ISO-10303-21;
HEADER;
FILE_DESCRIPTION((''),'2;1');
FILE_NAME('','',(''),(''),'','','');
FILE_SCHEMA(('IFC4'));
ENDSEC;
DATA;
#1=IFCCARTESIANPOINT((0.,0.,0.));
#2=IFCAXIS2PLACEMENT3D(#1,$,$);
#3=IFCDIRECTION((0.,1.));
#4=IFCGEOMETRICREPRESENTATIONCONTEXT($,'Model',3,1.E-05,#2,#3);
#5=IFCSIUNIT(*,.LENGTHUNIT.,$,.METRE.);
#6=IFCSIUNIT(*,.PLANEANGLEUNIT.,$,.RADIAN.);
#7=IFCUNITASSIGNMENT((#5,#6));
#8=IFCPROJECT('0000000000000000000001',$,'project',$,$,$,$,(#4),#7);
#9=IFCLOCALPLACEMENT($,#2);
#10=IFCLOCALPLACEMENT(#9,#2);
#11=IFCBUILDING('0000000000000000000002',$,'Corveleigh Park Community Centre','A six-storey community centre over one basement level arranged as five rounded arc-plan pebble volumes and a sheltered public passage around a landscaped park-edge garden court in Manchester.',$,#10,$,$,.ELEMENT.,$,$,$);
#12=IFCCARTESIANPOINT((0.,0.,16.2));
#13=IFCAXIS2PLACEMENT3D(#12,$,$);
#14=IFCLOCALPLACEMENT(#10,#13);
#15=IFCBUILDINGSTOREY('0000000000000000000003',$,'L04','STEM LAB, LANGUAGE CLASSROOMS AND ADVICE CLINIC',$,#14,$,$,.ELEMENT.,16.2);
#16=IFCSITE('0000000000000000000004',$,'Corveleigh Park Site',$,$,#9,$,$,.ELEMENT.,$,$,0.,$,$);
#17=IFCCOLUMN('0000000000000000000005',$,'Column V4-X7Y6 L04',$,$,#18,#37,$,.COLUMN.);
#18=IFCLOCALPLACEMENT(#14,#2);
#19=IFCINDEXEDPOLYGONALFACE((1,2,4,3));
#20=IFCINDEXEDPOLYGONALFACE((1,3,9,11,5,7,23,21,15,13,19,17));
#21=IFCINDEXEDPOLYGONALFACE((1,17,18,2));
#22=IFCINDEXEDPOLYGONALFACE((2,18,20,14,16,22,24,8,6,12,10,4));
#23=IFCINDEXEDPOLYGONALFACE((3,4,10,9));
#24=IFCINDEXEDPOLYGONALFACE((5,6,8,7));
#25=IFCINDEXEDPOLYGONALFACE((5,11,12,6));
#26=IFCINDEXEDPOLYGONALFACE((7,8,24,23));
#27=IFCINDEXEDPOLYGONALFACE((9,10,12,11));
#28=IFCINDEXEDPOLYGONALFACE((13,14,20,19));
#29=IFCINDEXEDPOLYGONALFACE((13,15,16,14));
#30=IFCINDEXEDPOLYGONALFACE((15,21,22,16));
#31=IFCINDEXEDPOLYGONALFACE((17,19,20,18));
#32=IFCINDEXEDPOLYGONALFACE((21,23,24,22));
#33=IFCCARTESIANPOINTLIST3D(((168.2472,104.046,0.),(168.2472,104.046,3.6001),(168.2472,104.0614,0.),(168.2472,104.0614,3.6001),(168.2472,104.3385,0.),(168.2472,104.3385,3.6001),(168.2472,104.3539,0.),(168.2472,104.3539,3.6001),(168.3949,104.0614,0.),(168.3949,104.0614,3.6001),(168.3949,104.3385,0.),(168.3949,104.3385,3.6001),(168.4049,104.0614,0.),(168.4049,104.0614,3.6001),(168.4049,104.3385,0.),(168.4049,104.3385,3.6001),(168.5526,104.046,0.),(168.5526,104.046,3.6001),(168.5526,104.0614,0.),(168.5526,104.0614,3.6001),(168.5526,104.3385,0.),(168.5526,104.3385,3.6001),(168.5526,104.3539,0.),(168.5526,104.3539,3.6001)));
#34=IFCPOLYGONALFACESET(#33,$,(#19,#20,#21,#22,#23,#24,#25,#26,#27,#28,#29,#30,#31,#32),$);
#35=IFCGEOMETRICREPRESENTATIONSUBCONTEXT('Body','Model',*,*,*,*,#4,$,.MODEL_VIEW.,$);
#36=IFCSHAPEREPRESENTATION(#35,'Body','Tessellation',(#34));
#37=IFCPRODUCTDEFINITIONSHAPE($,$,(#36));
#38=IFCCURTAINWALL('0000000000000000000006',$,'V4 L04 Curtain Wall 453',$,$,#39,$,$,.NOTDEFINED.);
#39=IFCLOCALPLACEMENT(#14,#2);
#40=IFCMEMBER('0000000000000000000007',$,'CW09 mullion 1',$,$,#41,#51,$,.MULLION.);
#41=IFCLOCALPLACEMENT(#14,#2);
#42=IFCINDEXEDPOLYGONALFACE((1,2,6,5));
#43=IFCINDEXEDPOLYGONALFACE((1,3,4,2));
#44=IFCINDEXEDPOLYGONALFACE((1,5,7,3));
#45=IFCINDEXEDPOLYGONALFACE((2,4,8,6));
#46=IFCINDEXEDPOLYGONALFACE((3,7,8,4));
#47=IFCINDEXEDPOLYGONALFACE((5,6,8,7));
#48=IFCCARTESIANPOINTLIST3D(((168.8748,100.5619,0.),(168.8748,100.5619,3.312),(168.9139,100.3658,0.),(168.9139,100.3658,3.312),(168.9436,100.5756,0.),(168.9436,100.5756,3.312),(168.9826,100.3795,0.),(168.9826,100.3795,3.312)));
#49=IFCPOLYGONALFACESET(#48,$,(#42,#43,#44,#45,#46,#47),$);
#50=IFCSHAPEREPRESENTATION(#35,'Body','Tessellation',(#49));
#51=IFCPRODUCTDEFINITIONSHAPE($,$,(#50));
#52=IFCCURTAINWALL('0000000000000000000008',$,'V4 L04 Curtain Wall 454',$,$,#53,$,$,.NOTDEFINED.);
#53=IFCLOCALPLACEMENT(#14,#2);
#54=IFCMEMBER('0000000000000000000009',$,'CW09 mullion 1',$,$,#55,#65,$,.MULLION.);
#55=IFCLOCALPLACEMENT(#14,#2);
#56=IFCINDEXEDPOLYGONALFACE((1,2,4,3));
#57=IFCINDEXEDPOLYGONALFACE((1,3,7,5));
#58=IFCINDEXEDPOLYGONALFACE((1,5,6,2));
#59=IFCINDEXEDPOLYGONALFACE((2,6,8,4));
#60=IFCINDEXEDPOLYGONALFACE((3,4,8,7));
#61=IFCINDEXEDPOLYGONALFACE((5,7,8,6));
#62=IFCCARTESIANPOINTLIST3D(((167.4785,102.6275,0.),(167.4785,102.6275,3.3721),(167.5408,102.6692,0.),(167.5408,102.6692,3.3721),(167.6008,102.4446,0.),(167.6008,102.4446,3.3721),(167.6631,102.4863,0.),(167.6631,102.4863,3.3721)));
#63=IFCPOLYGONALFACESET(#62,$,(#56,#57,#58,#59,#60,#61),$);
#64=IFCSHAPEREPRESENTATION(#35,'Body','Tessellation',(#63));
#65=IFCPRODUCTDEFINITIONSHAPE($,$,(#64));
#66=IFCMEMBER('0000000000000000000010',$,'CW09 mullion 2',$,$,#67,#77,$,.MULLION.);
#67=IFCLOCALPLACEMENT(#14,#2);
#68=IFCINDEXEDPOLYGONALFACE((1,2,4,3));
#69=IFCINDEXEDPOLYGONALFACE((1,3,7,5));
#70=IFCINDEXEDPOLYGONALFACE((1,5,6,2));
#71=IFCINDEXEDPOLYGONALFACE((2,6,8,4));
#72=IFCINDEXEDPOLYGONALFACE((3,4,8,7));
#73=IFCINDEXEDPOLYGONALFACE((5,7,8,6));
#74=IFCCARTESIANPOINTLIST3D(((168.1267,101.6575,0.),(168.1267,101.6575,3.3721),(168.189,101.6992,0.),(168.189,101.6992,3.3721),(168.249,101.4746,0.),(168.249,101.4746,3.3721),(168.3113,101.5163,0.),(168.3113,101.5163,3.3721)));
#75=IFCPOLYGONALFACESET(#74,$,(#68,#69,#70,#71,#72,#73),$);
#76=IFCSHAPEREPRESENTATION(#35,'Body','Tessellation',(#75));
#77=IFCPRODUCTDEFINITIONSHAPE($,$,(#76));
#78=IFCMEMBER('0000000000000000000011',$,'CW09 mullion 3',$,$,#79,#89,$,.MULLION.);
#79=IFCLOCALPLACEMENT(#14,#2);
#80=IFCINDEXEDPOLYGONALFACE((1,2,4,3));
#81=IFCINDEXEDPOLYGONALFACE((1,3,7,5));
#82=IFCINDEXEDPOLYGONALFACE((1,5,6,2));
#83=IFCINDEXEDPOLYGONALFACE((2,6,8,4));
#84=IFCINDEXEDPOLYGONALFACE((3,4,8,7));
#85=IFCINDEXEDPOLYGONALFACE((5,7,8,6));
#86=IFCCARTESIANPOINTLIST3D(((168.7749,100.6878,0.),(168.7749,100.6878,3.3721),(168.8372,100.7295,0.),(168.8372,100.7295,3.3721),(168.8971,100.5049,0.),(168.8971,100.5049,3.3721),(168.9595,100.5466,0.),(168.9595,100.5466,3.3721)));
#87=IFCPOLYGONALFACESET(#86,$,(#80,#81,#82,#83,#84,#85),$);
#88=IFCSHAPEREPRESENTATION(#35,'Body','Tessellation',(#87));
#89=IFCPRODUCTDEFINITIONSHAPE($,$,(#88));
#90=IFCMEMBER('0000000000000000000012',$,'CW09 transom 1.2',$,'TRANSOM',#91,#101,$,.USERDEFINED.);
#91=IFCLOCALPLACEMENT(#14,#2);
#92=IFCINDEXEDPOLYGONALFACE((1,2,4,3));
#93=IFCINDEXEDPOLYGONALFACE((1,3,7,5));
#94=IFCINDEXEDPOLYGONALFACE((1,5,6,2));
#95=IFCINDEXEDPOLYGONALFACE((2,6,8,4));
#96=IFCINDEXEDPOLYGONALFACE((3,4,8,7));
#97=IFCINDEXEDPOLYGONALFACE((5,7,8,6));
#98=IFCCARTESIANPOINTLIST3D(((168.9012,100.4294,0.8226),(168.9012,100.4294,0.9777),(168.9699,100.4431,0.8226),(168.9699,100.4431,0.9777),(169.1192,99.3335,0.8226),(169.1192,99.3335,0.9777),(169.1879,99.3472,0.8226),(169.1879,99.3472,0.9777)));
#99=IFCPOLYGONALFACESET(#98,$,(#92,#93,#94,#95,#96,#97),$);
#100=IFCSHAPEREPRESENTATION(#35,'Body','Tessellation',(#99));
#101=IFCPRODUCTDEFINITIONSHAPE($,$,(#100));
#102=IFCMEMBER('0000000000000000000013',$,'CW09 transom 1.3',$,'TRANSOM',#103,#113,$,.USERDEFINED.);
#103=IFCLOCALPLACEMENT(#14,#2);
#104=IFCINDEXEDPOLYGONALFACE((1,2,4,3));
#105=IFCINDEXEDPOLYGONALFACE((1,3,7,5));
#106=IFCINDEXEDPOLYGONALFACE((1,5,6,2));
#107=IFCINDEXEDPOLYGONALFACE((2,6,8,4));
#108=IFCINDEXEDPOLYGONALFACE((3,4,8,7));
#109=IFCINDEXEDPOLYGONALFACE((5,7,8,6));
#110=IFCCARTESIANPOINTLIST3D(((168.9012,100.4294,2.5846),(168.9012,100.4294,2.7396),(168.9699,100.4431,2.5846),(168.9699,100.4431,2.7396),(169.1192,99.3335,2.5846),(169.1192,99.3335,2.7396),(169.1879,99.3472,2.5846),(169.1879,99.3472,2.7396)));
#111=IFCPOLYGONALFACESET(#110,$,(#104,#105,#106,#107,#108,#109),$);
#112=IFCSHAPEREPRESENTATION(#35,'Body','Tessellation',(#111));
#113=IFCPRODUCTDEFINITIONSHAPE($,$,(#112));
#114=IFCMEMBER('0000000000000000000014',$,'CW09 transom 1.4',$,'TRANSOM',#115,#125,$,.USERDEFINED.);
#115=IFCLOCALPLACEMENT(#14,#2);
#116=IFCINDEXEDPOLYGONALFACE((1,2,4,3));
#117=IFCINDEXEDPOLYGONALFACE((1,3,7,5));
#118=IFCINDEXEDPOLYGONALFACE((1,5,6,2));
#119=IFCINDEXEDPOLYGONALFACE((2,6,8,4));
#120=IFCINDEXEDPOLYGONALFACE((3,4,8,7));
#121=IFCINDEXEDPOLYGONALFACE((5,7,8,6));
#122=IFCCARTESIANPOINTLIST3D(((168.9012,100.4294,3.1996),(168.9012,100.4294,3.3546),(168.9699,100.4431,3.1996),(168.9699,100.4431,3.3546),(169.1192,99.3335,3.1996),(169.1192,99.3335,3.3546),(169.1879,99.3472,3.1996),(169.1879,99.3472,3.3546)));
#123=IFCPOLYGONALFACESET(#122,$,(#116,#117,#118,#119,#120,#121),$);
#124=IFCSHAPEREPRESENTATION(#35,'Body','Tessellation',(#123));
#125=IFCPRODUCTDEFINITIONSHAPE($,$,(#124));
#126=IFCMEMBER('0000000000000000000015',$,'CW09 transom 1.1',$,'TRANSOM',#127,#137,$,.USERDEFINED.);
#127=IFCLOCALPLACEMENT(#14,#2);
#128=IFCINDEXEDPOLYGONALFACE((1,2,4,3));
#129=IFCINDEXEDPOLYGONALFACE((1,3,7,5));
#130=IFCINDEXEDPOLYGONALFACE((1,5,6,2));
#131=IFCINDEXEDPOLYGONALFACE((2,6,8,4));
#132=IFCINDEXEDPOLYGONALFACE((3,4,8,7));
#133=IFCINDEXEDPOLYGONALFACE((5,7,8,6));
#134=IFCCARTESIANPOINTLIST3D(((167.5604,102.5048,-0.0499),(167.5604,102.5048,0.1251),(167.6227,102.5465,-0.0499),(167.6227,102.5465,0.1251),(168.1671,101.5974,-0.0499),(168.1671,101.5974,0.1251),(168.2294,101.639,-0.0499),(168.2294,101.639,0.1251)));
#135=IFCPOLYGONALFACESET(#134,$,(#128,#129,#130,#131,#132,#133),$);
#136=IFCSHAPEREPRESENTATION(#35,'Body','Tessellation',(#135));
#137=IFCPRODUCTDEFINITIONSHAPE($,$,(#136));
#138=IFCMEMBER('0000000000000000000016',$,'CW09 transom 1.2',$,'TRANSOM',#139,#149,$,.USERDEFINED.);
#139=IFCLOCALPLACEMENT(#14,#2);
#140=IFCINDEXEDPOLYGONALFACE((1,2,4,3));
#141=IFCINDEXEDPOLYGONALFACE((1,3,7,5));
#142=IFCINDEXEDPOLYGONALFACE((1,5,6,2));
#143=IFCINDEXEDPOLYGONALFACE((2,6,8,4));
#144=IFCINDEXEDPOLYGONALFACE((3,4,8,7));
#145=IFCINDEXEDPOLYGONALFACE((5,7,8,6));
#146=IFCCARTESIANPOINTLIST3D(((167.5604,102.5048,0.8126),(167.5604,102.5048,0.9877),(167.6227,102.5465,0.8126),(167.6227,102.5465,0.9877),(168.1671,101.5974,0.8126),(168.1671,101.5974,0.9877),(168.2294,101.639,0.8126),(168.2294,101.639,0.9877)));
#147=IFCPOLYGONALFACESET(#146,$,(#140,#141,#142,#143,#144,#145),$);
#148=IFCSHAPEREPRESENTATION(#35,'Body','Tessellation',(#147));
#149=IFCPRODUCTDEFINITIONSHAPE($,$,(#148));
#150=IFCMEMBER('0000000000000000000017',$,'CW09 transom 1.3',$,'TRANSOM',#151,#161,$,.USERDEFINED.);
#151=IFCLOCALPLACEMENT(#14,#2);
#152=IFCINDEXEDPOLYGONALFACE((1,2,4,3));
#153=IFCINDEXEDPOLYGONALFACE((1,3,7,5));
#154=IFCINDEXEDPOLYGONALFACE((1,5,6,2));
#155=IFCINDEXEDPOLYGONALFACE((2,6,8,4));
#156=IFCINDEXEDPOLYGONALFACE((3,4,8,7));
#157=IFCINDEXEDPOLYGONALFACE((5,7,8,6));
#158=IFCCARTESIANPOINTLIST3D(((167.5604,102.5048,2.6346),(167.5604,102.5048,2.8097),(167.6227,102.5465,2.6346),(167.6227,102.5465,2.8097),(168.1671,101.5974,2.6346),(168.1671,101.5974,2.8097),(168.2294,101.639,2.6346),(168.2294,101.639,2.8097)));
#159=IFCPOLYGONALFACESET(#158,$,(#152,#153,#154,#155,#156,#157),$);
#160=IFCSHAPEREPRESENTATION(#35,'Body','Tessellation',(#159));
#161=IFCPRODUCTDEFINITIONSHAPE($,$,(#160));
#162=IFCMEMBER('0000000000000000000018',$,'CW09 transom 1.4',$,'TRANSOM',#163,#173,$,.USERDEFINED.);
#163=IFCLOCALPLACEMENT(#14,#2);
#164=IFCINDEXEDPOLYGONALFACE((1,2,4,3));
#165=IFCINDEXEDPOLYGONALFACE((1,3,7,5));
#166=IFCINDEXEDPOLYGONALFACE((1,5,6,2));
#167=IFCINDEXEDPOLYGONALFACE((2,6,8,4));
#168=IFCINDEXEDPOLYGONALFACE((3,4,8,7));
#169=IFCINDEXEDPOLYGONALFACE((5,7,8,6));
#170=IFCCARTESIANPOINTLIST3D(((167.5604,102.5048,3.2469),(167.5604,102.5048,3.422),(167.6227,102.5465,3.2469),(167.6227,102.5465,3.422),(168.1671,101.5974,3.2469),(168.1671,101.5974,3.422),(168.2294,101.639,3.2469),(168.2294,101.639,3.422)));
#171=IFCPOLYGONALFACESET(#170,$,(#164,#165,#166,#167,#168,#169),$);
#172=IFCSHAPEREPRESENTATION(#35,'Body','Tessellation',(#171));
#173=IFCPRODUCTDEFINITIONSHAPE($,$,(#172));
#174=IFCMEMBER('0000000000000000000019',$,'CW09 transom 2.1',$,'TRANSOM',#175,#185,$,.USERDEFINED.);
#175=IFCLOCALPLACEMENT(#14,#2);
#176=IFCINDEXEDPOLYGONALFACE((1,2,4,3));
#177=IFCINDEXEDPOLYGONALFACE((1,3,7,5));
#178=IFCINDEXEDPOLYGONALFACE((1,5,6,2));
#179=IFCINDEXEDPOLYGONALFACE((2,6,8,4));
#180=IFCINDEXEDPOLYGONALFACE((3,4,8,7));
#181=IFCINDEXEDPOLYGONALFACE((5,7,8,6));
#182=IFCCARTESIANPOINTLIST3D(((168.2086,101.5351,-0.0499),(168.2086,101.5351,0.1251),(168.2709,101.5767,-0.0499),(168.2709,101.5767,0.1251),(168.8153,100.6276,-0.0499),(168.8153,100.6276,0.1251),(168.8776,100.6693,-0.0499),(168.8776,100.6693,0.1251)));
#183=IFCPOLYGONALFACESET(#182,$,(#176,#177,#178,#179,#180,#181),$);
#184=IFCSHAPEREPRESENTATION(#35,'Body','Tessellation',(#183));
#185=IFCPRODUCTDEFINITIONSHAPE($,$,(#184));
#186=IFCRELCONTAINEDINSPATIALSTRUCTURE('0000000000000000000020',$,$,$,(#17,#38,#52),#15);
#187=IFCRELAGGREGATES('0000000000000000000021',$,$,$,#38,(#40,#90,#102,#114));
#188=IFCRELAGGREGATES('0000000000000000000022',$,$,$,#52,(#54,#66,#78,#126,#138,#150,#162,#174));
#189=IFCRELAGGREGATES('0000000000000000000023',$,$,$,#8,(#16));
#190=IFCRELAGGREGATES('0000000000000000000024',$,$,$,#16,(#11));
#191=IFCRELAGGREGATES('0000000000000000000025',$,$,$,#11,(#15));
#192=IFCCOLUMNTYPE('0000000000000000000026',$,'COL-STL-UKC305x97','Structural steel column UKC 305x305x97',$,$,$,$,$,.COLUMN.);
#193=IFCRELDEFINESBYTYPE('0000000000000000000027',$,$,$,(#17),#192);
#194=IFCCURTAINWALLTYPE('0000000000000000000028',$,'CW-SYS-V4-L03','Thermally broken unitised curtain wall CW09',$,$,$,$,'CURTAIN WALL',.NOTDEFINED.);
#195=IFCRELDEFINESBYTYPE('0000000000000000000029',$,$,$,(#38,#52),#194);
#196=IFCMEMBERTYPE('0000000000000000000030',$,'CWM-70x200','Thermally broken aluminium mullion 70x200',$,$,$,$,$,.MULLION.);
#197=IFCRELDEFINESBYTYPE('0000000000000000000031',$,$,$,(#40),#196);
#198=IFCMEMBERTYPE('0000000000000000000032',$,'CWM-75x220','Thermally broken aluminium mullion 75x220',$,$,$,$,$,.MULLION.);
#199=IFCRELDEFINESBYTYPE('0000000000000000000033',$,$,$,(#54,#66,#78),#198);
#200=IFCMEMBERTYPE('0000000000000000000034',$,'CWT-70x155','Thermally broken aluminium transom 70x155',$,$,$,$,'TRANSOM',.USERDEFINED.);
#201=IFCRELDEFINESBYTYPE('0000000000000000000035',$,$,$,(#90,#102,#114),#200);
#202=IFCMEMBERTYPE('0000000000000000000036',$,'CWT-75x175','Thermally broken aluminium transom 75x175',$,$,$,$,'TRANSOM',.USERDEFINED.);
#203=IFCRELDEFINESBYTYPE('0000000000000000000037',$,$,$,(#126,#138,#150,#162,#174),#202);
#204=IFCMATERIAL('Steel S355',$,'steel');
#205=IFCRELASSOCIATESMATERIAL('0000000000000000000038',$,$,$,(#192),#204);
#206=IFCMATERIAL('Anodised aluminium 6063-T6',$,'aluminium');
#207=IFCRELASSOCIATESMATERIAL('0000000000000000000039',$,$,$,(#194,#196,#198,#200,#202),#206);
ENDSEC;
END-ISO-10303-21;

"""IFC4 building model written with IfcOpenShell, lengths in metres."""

from ifc_helpers import new_model, si_unit, direction, frame, origin, origin_2d, place, context, subcontext, project, spatial, rectangle, i_section, extrude, material, material_profile, profile_set, type_object, element, aggregate, save


model = new_model("IFC4")

# Units and contexts
model_context = context("Model", 3, precision=1e-05, world=origin(), true_north=direction((0.0, 1.0)))
body_context = subcontext(model_context, "Body", "Model", "MODEL_VIEW")
ifc_project = project(units=[si_unit("LENGTHUNIT", "METRE"), si_unit("PLANEANGLEUNIT", "RADIAN")], contexts=[model_context])

# Site, building, storey
site_placement = place(None, origin())
site = spatial("IfcSite", under=ifc_project, at=site_placement, Name="Corveleigh Park Site", CompositionType="ELEMENT", RefElevation=0.0)
building_placement = place(site_placement, origin())
building = spatial("IfcBuilding", under=site, at=building_placement, Name="Corveleigh Park Community Centre", Description="A six-storey community centre over one basement level arranged as five rounded arc-plan pebble volumes and a sheltered public passage around a landscaped park-edge garden court in Manchester.", CompositionType="ELEMENT")
storey_placement = place(building_placement, frame((0.0, 0.0, 16.2)))
storey = spatial("IfcBuildingStorey", under=building, at=storey_placement, Name="L04", Description="STEM LAB, LANGUAGE CLASSROOMS AND ADVICE CLINIC", CompositionType="ELEMENT", Elevation=16.2)

# Column
ifc_material_1 = material(Name="Steel S355", Category="steel")
ifc_material_profile_1 = material_profile(ifc_material_1, i_section(OverallWidth=0.3054, OverallDepth=0.3079, WebThickness=0.01, FlangeThickness=0.0154, at=origin_2d()), Name="UKC 305x305x97", Category="steel")
ifc_profile_set_1 = profile_set([ifc_material_profile_1], Name="Steel S355")
column_type = type_object("IfcColumnType", Name="COL-STL-UKC305x97", Description="Structural steel column UKC 305x305x97", PredefinedType="COLUMN", material=ifc_profile_set_1)
column_placement = place(storey_placement, frame((168.3999, 104.2, 0.0), z_axis=(0.0, 0.0, 1.0), x_axis=(1.0, 0.0, 0.0)))
element("IfcColumn", 1, at=column_placement, inside=storey, type_object=column_type, Name="Column V4-X7Y6 L04", PredefinedType="COLUMN", context=body_context, shape_type="SweptSolid", body=[
    extrude(i_section(OverallWidth=0.3054, OverallDepth=0.3079, WebThickness=0.01, FlangeThickness=0.0154, at=origin_2d()), origin(), (0.0, 0.0, 1.0), 3.6001),
])

# Curtain wall, member
ifc_material_2 = material(Name="Anodised aluminium 6063-T6", Category="aluminium")
curtain_wall_type = type_object("IfcCurtainWallType", Name="CW-SYS-V4-L03", Description="Thermally broken unitised curtain wall CW09", ElementType="CURTAIN WALL", PredefinedType="NOTDEFINED", material=ifc_material_2)
curtain_wall_1_placement = place(storey_placement, origin())
curtain_wall_1 = element("IfcCurtainWall", 2, at=curtain_wall_1_placement, inside=storey, type_object=curtain_wall_type, Name="V4 L04 Curtain Wall 453", PredefinedType="NOTDEFINED")
ifc_material_profile_2 = material_profile(ifc_material_2, rectangle(XDim=0.0701, YDim=0.2, at=origin_2d()), Name="ALU-M70x200", Category="aluminium")
ifc_profile_set_2 = profile_set([ifc_material_profile_2], Name="Anodised aluminium 6063-T6")
member_type_1 = type_object("IfcMemberType", Name="CWM-70x200", Description="Thermally broken aluminium mullion 70x200", PredefinedType="MULLION", material=ifc_profile_set_2)
member_1_placement = place(storey_placement, frame((168.9287, 100.4707, 0.0), z_axis=(0.0, 0.0, 1.0), x_axis=(0.980785, 0.195094, 0.0)))
member_1 = element("IfcMember", 3, at=member_1_placement, type_object=member_type_1, Name="CW09 mullion 1", PredefinedType="MULLION", context=body_context, shape_type="SweptSolid", body=[
    extrude(rectangle(XDim=0.0701, YDim=0.2, at=origin_2d()), origin(), (0.0, 0.0, 1.0), 3.312),
])

# Curtain wall, members
curtain_wall_2_placement = place(storey_placement, origin())
curtain_wall_2 = element("IfcCurtainWall", 4, at=curtain_wall_2_placement, inside=storey, type_object=curtain_wall_type, Name="V4 L04 Curtain Wall 454", PredefinedType="NOTDEFINED")
ifc_material_profile_3 = material_profile(ifc_material_2, rectangle(XDim=0.075, YDim=0.22, at=origin_2d()), Name="ALU-M75x220", Category="aluminium")
ifc_profile_set_3 = profile_set([ifc_material_profile_3], Name="Anodised aluminium 6063-T6")
member_type_2 = type_object("IfcMemberType", Name="CWM-75x220", Description="Thermally broken aluminium mullion 75x220", PredefinedType="MULLION", material=ifc_profile_set_3)
member_2_placement = place(storey_placement, frame((167.5708, 102.5569, 0.0), z_axis=(0.0, 0.0, 1.0), x_axis=(0.831411, 0.555658, 0.0)))
member_2 = element("IfcMember", 5, at=member_2_placement, type_object=member_type_2, Name="CW09 mullion 1", PredefinedType="MULLION", context=body_context, shape_type="SweptSolid", body=[
    extrude(rectangle(XDim=0.075, YDim=0.22, at=origin_2d()), origin(), (0.0, 0.0, 1.0), 3.3721),
])
member_3_placement = place(storey_placement, frame((168.219, 101.5869, 0.0), z_axis=(0.0, 0.0, 1.0), x_axis=(0.831411, 0.555658, 0.0)))
member_3 = element("IfcMember", 6, at=member_3_placement, type_object=member_type_2, Name="CW09 mullion 2", PredefinedType="MULLION", context=body_context, shape_type="SweptSolid", body=[
    extrude(rectangle(XDim=0.075, YDim=0.22, at=origin_2d()), origin(), (0.0, 0.0, 1.0), 3.3721),
])
member_4_placement = place(storey_placement, frame((168.8672, 100.6172, 0.0), z_axis=(0.0, 0.0, 1.0), x_axis=(0.831411, 0.555658, 0.0)))
member_4 = element("IfcMember", 7, at=member_4_placement, type_object=member_type_2, Name="CW09 mullion 3", PredefinedType="MULLION", context=body_context, shape_type="SweptSolid", body=[
    extrude(rectangle(XDim=0.075, YDim=0.22, at=origin_2d()), origin(), (0.0, 0.0, 1.0), 3.3721),
])

# Members
ifc_material_profile_4 = material_profile(ifc_material_2, rectangle(XDim=0.0701, YDim=0.155, at=origin_2d()), Name="ALU-T70x155", Category="aluminium")
ifc_profile_set_4 = profile_set([ifc_material_profile_4], Name="Anodised aluminium 6063-T6")
member_type_3 = type_object("IfcMemberType", Name="CWT-70x155", Description="Thermally broken aluminium transom 70x155", ElementType="TRANSOM", PredefinedType="USERDEFINED", material=ifc_profile_set_4)
member_5_placement = place(storey_placement, frame((168.9355, 100.4363, 0.9001), z_axis=(0.195108, -0.980782, 0.0), x_axis=(0.980782, 0.195108, 0.0)))
member_5 = element("IfcMember", 8, at=member_5_placement, type_object=member_type_3, Name="CW09 transom 1.2", ObjectType="TRANSOM", PredefinedType="USERDEFINED", context=body_context, shape_type="SweptSolid", body=[
    extrude(rectangle(XDim=0.0701, YDim=0.155, at=origin_2d()), origin(), (0.0, 0.0, 1.0), 1.1174),
])
member_6_placement = place(storey_placement, frame((168.9355, 100.4363, 2.6621), z_axis=(0.195108, -0.980782, 0.0), x_axis=(0.980782, 0.195108, 0.0)))
member_6 = element("IfcMember", 9, at=member_6_placement, type_object=member_type_3, Name="CW09 transom 1.3", ObjectType="TRANSOM", PredefinedType="USERDEFINED", context=body_context, shape_type="SweptSolid", body=[
    extrude(rectangle(XDim=0.0701, YDim=0.155, at=origin_2d()), origin(), (0.0, 0.0, 1.0), 1.1174),
])
member_7_placement = place(storey_placement, frame((168.9355, 100.4363, 3.2771), z_axis=(0.195108, -0.980782, 0.0), x_axis=(0.980782, 0.195108, 0.0)))
member_7 = element("IfcMember", 10, at=member_7_placement, type_object=member_type_3, Name="CW09 transom 1.4", ObjectType="TRANSOM", PredefinedType="USERDEFINED", context=body_context, shape_type="SweptSolid", body=[
    extrude(rectangle(XDim=0.0701, YDim=0.155, at=origin_2d()), origin(), (0.0, 0.0, 1.0), 1.1174),
])
aggregate(curtain_wall_1, [member_1, member_5, member_6, member_7])
ifc_material_profile_5 = material_profile(ifc_material_2, rectangle(XDim=0.075, YDim=0.175, at=origin_2d()), Name="ALU-T75x175", Category="aluminium")
ifc_profile_set_5 = profile_set([ifc_material_profile_5], Name="Anodised aluminium 6063-T6")
member_type_4 = type_object("IfcMemberType", Name="CWT-75x175", Description="Thermally broken aluminium transom 75x175", ElementType="TRANSOM", PredefinedType="USERDEFINED", material=ifc_profile_set_5)
member_8_placement = place(storey_placement, frame((167.5916, 102.5256, 0.0376), z_axis=(0.555784, -0.831327, 0.0), x_axis=(0.831327, 0.555784, 0.0)))
member_8 = element("IfcMember", 11, at=member_8_placement, type_object=member_type_4, Name="CW09 transom 1.1", ObjectType="TRANSOM", PredefinedType="USERDEFINED", context=body_context, shape_type="SweptSolid", body=[
    extrude(rectangle(XDim=0.075, YDim=0.175, at=origin_2d()), origin(), (0.0, 0.0, 1.0), 1.0916),
])
member_9_placement = place(storey_placement, frame((167.5916, 102.5256, 0.9001), z_axis=(0.555784, -0.831327, 0.0), x_axis=(0.831327, 0.555784, 0.0)))
member_9 = element("IfcMember", 12, at=member_9_placement, type_object=member_type_4, Name="CW09 transom 1.2", ObjectType="TRANSOM", PredefinedType="USERDEFINED", context=body_context, shape_type="SweptSolid", body=[
    extrude(rectangle(XDim=0.075, YDim=0.175, at=origin_2d()), origin(), (0.0, 0.0, 1.0), 1.0916),
])
member_10_placement = place(storey_placement, frame((167.5916, 102.5256, 2.7222), z_axis=(0.555784, -0.831327, 0.0), x_axis=(0.831327, 0.555784, 0.0)))
member_10 = element("IfcMember", 13, at=member_10_placement, type_object=member_type_4, Name="CW09 transom 1.3", ObjectType="TRANSOM", PredefinedType="USERDEFINED", context=body_context, shape_type="SweptSolid", body=[
    extrude(rectangle(XDim=0.075, YDim=0.175, at=origin_2d()), origin(), (0.0, 0.0, 1.0), 1.0916),
])
member_11_placement = place(storey_placement, frame((167.5916, 102.5256, 3.3345), z_axis=(0.555784, -0.831327, 0.0), x_axis=(0.831327, 0.555784, 0.0)))
member_11 = element("IfcMember", 14, at=member_11_placement, type_object=member_type_4, Name="CW09 transom 1.4", ObjectType="TRANSOM", PredefinedType="USERDEFINED", context=body_context, shape_type="SweptSolid", body=[
    extrude(rectangle(XDim=0.075, YDim=0.175, at=origin_2d()), origin(), (0.0, 0.0, 1.0), 1.0916),
])
member_12_placement = place(storey_placement, frame((168.2397, 101.5559, 0.0376), z_axis=(0.555784, -0.831327, 0.0), x_axis=(0.831327, 0.555784, 0.0)))
member_12 = element("IfcMember", 15, at=member_12_placement, type_object=member_type_4, Name="CW09 transom 2.1", ObjectType="TRANSOM", PredefinedType="USERDEFINED", context=body_context, shape_type="SweptSolid", body=[
    extrude(rectangle(XDim=0.075, YDim=0.175, at=origin_2d()), origin(), (0.0, 0.0, 1.0), 1.0916),
])

aggregate(curtain_wall_2, [member_2, member_3, member_4, member_8, member_9, member_10, member_11, member_12])

save(model, "model.ifc")
